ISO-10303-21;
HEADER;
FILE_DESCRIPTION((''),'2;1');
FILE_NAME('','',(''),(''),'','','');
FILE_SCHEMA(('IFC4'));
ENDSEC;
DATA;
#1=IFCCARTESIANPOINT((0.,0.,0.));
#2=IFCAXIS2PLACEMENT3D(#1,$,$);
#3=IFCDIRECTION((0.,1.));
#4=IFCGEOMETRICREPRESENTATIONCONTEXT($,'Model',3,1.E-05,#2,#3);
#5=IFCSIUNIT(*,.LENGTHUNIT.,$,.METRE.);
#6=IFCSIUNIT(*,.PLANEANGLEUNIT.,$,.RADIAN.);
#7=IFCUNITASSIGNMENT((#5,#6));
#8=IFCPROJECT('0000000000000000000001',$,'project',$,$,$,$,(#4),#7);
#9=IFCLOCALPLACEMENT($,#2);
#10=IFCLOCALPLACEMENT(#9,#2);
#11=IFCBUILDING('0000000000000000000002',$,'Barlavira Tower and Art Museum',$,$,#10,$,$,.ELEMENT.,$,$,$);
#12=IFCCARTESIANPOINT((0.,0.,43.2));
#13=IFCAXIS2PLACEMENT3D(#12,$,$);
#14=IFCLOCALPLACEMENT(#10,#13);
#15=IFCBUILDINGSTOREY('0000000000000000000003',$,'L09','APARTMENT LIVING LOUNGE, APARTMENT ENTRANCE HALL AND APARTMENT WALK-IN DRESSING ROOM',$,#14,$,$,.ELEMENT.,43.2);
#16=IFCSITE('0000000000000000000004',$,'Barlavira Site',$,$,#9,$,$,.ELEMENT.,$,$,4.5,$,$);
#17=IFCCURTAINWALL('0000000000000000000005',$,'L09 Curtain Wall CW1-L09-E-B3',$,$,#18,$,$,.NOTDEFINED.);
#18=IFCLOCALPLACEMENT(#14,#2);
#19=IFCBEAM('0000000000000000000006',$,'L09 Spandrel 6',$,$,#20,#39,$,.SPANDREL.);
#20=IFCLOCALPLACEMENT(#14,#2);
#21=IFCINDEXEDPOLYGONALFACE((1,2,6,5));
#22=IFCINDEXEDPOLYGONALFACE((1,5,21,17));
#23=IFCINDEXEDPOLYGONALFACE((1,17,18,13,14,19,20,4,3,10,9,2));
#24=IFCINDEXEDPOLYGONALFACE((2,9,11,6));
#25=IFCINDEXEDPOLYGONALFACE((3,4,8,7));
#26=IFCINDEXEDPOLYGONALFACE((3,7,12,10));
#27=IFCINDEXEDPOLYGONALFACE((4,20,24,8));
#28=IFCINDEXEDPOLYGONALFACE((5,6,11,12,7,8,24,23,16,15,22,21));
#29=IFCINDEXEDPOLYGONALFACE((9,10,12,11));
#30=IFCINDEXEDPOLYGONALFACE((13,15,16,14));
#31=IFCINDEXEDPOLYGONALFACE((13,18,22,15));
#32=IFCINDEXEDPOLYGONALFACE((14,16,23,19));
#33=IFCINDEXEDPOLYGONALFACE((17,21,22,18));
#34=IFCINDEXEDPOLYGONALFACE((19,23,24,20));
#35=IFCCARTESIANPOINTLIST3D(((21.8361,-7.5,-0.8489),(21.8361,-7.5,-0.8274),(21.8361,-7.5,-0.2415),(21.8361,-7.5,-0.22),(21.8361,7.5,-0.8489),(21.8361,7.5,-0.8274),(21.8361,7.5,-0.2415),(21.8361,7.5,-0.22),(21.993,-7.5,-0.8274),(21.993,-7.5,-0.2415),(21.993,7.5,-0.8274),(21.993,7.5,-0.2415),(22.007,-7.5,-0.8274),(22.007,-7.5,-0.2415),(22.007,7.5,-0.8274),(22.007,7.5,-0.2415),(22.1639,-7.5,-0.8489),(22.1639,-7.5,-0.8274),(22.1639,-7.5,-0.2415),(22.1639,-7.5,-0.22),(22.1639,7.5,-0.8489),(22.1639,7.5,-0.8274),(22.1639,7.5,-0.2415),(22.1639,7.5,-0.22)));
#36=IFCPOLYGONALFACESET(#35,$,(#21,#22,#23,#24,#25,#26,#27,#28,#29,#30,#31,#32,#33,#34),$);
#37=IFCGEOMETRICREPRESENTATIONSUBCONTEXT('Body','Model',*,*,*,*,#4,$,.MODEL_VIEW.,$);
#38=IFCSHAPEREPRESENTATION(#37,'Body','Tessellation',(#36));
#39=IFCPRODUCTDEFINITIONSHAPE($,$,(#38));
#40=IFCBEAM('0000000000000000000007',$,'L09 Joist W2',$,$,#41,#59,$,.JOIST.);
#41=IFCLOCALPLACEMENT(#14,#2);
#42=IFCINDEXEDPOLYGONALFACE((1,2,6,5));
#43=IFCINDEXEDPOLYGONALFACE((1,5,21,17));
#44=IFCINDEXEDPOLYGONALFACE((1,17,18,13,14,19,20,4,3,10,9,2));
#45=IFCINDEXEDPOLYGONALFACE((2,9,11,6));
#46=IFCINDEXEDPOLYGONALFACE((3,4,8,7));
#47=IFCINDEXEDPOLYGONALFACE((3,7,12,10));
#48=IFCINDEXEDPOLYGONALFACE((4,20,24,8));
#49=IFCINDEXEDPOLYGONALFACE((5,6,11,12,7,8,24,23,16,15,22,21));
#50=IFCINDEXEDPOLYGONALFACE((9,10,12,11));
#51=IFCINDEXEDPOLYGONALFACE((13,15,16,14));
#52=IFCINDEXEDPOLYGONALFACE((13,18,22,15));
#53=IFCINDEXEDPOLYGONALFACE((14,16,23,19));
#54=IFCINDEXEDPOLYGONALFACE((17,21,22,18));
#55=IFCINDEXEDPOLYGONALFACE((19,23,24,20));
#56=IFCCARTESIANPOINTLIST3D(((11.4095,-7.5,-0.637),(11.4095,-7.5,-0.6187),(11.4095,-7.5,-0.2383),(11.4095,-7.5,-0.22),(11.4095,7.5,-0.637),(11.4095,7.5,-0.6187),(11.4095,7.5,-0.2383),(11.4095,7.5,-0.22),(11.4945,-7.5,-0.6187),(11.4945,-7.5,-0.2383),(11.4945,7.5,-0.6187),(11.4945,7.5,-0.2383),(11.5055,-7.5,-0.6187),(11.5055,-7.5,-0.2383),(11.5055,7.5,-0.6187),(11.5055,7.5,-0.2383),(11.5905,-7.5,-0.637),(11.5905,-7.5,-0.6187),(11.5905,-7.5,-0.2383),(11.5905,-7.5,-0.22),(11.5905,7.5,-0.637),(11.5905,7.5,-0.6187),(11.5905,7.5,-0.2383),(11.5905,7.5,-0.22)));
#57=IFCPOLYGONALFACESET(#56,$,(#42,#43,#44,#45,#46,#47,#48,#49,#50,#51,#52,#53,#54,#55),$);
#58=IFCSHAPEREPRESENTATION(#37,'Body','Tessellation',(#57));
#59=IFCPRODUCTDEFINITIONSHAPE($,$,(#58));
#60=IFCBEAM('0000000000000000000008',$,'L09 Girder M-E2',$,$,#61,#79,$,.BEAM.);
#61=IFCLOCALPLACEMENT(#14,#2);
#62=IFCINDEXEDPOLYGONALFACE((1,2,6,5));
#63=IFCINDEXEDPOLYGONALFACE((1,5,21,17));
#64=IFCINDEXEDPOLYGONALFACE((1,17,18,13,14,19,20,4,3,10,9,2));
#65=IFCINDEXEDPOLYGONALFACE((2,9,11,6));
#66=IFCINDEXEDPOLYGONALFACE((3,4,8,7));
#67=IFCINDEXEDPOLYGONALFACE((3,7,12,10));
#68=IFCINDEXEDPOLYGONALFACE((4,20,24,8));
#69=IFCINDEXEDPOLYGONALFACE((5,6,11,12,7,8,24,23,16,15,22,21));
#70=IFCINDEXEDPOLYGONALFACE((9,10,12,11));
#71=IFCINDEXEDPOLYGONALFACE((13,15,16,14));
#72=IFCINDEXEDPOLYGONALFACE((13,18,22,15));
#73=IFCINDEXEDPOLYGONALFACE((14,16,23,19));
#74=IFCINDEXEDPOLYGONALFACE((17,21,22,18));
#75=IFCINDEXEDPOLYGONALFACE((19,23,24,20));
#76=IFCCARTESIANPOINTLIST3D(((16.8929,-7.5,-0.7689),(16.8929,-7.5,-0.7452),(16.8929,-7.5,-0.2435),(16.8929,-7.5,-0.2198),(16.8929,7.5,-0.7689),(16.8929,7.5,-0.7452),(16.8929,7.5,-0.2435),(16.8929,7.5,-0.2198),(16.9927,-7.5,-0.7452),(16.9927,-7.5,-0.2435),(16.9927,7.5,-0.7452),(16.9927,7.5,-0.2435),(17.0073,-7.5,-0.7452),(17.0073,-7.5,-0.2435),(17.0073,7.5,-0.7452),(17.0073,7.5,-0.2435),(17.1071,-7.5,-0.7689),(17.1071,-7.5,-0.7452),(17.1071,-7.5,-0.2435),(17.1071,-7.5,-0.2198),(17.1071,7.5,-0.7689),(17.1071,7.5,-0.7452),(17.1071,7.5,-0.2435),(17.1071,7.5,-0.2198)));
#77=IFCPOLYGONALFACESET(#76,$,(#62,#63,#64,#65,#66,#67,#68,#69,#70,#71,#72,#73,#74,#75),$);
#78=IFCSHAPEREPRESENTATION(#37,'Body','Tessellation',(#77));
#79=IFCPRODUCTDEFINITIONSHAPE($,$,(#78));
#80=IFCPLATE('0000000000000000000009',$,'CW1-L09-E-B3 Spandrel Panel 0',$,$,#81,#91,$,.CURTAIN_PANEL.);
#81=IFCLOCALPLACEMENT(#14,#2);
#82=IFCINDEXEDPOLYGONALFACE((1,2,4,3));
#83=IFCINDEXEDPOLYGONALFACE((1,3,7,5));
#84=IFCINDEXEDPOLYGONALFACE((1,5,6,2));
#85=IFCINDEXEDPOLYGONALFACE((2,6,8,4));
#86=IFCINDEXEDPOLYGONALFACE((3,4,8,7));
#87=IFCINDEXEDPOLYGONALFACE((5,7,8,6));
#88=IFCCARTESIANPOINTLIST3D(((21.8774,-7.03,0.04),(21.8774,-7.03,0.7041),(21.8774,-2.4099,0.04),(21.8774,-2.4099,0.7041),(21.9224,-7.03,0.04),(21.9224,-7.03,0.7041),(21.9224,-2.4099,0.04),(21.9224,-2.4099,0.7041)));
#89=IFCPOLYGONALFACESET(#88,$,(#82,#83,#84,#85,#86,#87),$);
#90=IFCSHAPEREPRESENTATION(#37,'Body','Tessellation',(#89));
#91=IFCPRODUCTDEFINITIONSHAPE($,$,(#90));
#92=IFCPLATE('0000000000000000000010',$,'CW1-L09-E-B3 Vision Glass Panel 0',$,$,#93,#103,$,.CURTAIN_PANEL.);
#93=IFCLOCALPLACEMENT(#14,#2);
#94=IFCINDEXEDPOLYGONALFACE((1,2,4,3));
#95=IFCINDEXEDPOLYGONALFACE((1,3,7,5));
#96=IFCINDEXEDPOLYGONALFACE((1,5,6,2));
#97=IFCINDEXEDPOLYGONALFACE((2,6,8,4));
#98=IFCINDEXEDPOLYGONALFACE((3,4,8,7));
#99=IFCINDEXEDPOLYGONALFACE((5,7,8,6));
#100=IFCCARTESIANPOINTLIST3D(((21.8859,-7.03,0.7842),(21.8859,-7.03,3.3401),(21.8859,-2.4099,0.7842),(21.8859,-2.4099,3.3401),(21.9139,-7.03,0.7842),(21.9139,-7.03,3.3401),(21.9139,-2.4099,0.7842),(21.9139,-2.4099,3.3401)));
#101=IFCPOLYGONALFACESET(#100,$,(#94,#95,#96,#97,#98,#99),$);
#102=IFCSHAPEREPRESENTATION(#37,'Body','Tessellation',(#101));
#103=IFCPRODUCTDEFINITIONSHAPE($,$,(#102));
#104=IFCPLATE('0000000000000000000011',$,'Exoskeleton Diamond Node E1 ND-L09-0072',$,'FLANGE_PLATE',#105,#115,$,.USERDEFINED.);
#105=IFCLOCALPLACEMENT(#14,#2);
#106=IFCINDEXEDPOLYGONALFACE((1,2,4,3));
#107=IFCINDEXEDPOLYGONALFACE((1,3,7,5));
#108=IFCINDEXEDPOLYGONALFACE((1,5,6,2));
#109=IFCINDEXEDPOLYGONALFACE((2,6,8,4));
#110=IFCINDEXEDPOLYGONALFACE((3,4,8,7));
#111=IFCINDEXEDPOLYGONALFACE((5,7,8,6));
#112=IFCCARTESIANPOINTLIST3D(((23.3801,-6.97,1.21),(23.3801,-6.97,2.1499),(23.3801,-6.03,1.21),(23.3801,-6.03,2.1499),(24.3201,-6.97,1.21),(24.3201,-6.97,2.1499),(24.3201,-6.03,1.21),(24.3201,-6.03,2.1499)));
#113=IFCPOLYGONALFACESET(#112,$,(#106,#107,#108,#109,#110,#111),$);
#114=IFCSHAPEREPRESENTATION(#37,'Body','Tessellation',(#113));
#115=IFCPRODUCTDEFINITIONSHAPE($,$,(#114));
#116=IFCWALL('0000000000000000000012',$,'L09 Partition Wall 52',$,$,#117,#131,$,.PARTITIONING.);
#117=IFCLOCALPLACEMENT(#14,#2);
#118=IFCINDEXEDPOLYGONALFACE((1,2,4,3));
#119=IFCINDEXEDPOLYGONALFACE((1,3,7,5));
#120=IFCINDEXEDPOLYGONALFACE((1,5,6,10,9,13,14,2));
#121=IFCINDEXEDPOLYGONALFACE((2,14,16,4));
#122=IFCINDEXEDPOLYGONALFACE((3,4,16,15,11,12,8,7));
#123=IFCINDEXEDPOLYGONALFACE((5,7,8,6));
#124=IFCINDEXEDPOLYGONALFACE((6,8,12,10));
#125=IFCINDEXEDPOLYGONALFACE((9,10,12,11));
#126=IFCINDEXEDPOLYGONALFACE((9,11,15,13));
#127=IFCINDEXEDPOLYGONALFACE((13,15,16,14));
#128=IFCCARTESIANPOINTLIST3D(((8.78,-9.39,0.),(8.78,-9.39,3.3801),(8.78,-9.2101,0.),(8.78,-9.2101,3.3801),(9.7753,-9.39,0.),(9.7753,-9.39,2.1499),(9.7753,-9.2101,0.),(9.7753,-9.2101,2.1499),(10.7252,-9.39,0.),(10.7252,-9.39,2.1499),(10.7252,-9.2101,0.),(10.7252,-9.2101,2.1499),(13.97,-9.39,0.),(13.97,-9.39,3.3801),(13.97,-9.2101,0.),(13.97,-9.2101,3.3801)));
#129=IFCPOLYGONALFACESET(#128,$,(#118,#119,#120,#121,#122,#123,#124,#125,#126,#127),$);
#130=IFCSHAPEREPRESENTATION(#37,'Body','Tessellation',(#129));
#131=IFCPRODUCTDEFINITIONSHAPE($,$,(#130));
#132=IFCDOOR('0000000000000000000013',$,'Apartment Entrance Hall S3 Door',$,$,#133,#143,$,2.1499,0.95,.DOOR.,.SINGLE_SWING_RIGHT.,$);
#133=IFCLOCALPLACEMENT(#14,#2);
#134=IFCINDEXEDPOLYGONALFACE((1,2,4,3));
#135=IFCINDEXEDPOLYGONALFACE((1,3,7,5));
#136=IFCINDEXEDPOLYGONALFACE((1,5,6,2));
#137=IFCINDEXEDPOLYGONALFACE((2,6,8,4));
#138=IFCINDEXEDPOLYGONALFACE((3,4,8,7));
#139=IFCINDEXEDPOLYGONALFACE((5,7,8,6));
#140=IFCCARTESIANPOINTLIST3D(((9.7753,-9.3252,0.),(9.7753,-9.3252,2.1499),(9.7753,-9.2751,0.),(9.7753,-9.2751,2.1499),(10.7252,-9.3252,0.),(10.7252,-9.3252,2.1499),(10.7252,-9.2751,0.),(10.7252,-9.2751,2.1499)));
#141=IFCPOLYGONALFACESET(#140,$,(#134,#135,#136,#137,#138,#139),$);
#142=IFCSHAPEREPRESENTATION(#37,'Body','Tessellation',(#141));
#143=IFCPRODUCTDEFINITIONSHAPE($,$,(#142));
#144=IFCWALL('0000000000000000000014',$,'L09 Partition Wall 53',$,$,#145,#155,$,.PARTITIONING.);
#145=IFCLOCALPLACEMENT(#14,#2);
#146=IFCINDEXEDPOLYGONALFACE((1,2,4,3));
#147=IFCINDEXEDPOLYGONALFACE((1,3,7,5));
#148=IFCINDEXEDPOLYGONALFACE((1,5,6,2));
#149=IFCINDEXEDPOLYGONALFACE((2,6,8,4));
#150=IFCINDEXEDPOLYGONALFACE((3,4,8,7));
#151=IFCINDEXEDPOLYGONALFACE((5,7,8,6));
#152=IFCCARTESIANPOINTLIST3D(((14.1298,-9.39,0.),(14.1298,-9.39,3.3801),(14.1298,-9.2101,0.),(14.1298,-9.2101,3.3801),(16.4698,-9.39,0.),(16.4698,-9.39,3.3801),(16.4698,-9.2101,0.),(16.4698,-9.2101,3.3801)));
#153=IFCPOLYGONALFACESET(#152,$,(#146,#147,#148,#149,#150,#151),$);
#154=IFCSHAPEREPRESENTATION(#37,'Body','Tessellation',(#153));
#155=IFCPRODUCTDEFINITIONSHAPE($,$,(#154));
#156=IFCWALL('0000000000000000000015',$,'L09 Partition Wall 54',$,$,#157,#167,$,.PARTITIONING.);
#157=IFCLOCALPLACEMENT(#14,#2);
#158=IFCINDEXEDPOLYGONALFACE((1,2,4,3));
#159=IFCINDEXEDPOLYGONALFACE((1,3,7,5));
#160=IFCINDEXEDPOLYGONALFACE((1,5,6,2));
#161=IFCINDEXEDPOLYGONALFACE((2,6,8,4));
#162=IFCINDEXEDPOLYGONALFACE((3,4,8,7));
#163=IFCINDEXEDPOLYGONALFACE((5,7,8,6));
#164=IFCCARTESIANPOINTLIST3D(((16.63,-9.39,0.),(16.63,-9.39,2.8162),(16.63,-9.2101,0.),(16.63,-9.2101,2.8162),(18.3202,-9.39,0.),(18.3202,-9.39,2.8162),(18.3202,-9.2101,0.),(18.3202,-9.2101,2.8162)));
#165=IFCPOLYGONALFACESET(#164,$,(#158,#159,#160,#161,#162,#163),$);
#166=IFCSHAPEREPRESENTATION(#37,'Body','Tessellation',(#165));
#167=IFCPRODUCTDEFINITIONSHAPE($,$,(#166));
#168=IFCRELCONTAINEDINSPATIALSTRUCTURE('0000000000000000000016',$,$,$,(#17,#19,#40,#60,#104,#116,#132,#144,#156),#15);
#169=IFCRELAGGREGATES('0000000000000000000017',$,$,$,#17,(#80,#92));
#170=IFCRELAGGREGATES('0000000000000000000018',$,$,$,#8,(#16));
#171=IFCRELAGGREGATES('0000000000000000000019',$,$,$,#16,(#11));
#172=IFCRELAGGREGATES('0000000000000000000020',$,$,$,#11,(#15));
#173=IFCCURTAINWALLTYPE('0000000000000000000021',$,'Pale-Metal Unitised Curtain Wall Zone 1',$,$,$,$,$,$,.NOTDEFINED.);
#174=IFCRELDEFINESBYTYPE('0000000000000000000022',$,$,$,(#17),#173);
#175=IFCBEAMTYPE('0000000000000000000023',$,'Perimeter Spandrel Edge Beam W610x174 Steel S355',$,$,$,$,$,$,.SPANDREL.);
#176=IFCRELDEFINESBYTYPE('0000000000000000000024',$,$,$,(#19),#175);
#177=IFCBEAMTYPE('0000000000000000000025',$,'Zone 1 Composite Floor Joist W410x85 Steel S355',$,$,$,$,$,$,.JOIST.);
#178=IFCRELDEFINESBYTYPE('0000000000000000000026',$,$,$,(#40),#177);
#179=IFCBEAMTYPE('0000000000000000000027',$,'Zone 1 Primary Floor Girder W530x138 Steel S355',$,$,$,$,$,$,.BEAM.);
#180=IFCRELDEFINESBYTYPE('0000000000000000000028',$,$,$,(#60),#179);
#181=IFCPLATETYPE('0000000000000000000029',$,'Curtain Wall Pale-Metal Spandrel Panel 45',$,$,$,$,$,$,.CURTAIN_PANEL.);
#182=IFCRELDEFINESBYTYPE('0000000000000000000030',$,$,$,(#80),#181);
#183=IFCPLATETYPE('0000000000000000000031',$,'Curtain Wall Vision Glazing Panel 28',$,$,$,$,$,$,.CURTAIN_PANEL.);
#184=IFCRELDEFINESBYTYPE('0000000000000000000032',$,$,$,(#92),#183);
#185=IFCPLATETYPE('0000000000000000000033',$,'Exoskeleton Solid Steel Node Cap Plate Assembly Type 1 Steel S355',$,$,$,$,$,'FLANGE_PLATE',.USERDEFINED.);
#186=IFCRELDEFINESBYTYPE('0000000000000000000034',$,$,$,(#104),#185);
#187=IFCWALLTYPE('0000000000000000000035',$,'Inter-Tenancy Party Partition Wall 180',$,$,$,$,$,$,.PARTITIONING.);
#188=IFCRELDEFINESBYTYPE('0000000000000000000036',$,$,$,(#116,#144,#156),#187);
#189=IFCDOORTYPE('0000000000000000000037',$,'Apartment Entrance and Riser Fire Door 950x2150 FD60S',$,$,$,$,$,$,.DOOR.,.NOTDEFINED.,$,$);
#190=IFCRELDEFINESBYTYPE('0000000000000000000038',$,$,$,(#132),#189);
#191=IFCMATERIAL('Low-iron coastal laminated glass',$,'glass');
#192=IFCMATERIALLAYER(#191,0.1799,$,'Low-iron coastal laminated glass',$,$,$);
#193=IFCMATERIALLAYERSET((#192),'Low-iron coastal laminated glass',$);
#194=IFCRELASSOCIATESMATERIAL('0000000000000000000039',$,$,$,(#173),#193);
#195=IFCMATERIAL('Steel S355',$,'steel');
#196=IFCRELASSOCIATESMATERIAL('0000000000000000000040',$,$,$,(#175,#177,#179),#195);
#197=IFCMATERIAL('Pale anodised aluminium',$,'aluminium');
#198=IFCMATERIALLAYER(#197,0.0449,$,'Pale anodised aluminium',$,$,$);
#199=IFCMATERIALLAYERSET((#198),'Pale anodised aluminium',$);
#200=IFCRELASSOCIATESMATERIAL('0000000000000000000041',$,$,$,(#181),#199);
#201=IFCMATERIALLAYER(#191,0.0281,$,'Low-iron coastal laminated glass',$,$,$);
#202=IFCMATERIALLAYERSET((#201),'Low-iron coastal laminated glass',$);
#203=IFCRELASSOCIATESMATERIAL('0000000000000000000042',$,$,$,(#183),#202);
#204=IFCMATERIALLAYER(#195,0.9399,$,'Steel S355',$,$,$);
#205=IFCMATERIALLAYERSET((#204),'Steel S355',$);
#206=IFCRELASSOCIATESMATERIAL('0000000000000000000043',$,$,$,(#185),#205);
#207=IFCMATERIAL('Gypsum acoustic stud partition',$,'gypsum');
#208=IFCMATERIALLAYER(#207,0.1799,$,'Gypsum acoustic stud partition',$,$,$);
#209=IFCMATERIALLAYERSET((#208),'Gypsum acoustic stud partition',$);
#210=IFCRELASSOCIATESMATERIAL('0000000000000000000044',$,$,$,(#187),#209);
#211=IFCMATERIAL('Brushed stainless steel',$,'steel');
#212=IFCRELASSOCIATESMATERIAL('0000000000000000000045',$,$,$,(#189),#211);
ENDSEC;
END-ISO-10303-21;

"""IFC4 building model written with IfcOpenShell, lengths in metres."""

from ifc_helpers import new_model, si_unit, direction, frame, frame_2d, origin, origin_2d, place, context, subcontext, project, spatial, rectangle, i_section, extrude, material, layer, layer_set, material_profile, profile_set, type_object, element, fill, aggregate, save


model = new_model("IFC4")

# Units and contexts
model_context = context("Model", 3, precision=1e-05, world=origin(), true_north=direction((0.0, 1.0)))
body_context = subcontext(model_context, "Body", "Model", "MODEL_VIEW")
ifc_project = project(units=[si_unit("LENGTHUNIT", "METRE"), si_unit("PLANEANGLEUNIT", "RADIAN")], contexts=[model_context])

# Site, building, storey
site_placement = place(None, origin())
site = spatial("IfcSite", under=ifc_project, at=site_placement, Name="Barlavira Site", CompositionType="ELEMENT", RefElevation=4.5)
building_placement = place(site_placement, origin())
building = spatial("IfcBuilding", under=site, at=building_placement, Name="Barlavira Tower and Art Museum", CompositionType="ELEMENT")
storey_placement = place(building_placement, frame((0.0, 0.0, 43.2)))
storey = spatial("IfcBuildingStorey", under=building, at=storey_placement, Name="L09", Description="APARTMENT LIVING LOUNGE, APARTMENT ENTRANCE HALL AND APARTMENT WALK-IN DRESSING ROOM", CompositionType="ELEMENT", Elevation=43.2)

# Curtain wall
ifc_material_1 = material(Name="Low-iron coastal laminated glass", Category="glass")
ifc_layer_1 = layer(ifc_material_1, 0.1799, Name="Low-iron coastal laminated glass")
ifc_layer_set_1 = layer_set([ifc_layer_1], Name="Low-iron coastal laminated glass")
curtain_wall_type = type_object("IfcCurtainWallType", Name="Pale-Metal Unitised Curtain Wall Zone 1", PredefinedType="NOTDEFINED", material=ifc_layer_set_1)
curtain_wall_placement = place(storey_placement, origin())
curtain_wall = element("IfcCurtainWall", 1, at=curtain_wall_placement, inside=storey, type_object=curtain_wall_type, Name="L09 Curtain Wall CW1-L09-E-B3", PredefinedType="NOTDEFINED")
ifc_material_2 = material(Name="Pale anodised aluminium", Category="aluminium")

# Beams
ifc_material_3 = material(Name="Steel S355", Category="steel")
ifc_material_profile_1 = material_profile(ifc_material_3, i_section(OverallWidth=0.3279, OverallDepth=0.6289, WebThickness=0.0139, FlangeThickness=0.0215, at=origin_2d()), Name="W610x174.0")
ifc_profile_set_1 = profile_set([ifc_material_profile_1], Name="Steel S355")
beam_type_1 = type_object("IfcBeamType", Name="Perimeter Spandrel Edge Beam W610x174 Steel S355", PredefinedType="SPANDREL", material=ifc_profile_set_1)
beam_1_placement = place(storey_placement, frame((22.0, -7.5, -0.5344), z_axis=(0.0, 1.0, 0.0), x_axis=(-1.0, 0.0, 0.0)))
element("IfcBeam", 2, at=beam_1_placement, inside=storey, type_object=beam_type_1, Name="L09 Spandrel 6", PredefinedType="SPANDREL", context=body_context, shape_type="SweptSolid", body=[
    extrude(i_section(OverallWidth=0.3279, OverallDepth=0.6289, WebThickness=0.0139, FlangeThickness=0.0215, at=origin_2d()), origin(), (0.0, 0.0, 1.0), 15.0),
])
ifc_material_profile_2 = material_profile(ifc_material_3, i_section(OverallWidth=0.1809, OverallDepth=0.417, WebThickness=0.011, FlangeThickness=0.0183, at=origin_2d()), Name="W410x85.0")
ifc_profile_set_2 = profile_set([ifc_material_profile_2], Name="Steel S355")
beam_type_2 = type_object("IfcBeamType", Name="Zone 1 Composite Floor Joist W410x85 Steel S355", PredefinedType="JOIST", material=ifc_profile_set_2)
beam_2_placement = place(storey_placement, frame((11.5, -7.5, -0.4285), z_axis=(0.0, 1.0, 0.0), x_axis=(-1.0, 0.0, 0.0)))
element("IfcBeam", 3, at=beam_2_placement, inside=storey, type_object=beam_type_2, Name="L09 Joist W2", PredefinedType="JOIST", context=body_context, shape_type="SweptSolid", body=[
    extrude(i_section(OverallWidth=0.1809, OverallDepth=0.417, WebThickness=0.011, FlangeThickness=0.0183, at=origin_2d()), origin(), (0.0, 0.0, 1.0), 15.0),
])
ifc_material_profile_3 = material_profile(ifc_material_3, i_section(OverallWidth=0.2141, OverallDepth=0.5491, WebThickness=0.0146, FlangeThickness=0.0237, at=origin_2d()), Name="W530x138.0")
ifc_profile_set_3 = profile_set([ifc_material_profile_3], Name="Steel S355")
beam_type_3 = type_object("IfcBeamType", Name="Zone 1 Primary Floor Girder W530x138 Steel S355", PredefinedType="BEAM", material=ifc_profile_set_3)
beam_3_placement = place(storey_placement, frame((17.0, -7.5, -0.4944), z_axis=(0.0, 1.0, 0.0), x_axis=(-1.0, 0.0, 0.0)))
element("IfcBeam", 4, at=beam_3_placement, inside=storey, type_object=beam_type_3, Name="L09 Girder M-E2", PredefinedType="BEAM", context=body_context, shape_type="SweptSolid", body=[
    extrude(i_section(OverallWidth=0.2141, OverallDepth=0.5491, WebThickness=0.0146, FlangeThickness=0.0237, at=origin_2d()), origin(), (0.0, 0.0, 1.0), 15.0),
])

# Plates
ifc_layer_2 = layer(ifc_material_2, 0.0449, Name="Pale anodised aluminium")
ifc_layer_set_2 = layer_set([ifc_layer_2], Name="Pale anodised aluminium")
plate_type_1 = type_object("IfcPlateType", Name="Curtain Wall Pale-Metal Spandrel Panel 45", PredefinedType="CURTAIN_PANEL", material=ifc_layer_set_2)
plate_1_placement = place(storey_placement, frame((21.8999, -4.72, 0.04), z_axis=(0.0, 0.0, 1.0), x_axis=(0.0, 1.0, 0.0)))
plate_1 = element("IfcPlate", 5, at=plate_1_placement, type_object=plate_type_1, Name="CW1-L09-E-B3 Spandrel Panel 0", PredefinedType="CURTAIN_PANEL", context=body_context, shape_type="SweptSolid", body=[
    extrude(rectangle(XDim=4.6201, YDim=0.0449, at=origin_2d()), origin(), (0.0, 0.0, 1.0), 0.6641),
])
ifc_layer_3 = layer(ifc_material_1, 0.0281, Name="Low-iron coastal laminated glass")
ifc_layer_set_3 = layer_set([ifc_layer_3], Name="Low-iron coastal laminated glass")
plate_type_2 = type_object("IfcPlateType", Name="Curtain Wall Vision Glazing Panel 28", PredefinedType="CURTAIN_PANEL", material=ifc_layer_set_3)
plate_2_placement = place(storey_placement, frame((21.8999, -4.72, 0.7842), z_axis=(0.0, 0.0, 1.0), x_axis=(0.0, 1.0, 0.0)))
plate_2 = element("IfcPlate", 6, at=plate_2_placement, type_object=plate_type_2, Name="CW1-L09-E-B3 Vision Glass Panel 0", PredefinedType="CURTAIN_PANEL", context=body_context, shape_type="SweptSolid", body=[
    extrude(rectangle(XDim=4.6201, YDim=0.0281, at=origin_2d()), origin(), (0.0, 0.0, 1.0), 2.5559),
])
aggregate(curtain_wall, [plate_1, plate_2])
ifc_layer_4 = layer(ifc_material_3, 0.9399, Name="Steel S355")
ifc_layer_set_4 = layer_set([ifc_layer_4], Name="Steel S355")
plate_type_3 = type_object("IfcPlateType", Name="Exoskeleton Solid Steel Node Cap Plate Assembly Type 1 Steel S355", ElementType="FLANGE_PLATE", PredefinedType="USERDEFINED", material=ifc_layer_set_4)
plate_3_placement = place(storey_placement, frame((23.8501, -6.5, 1.21), z_axis=(0.0, 0.0, 1.0), x_axis=(1.0, 0.0, 0.0)))
element("IfcPlate", 7, at=plate_3_placement, inside=storey, type_object=plate_type_3, Name="Exoskeleton Diamond Node E1 ND-L09-0072", ObjectType="FLANGE_PLATE", PredefinedType="USERDEFINED", context=body_context, shape_type="SweptSolid", body=[
    extrude(rectangle(XDim=0.9399, YDim=0.9399, at=origin_2d()), origin(), (0.0, 0.0, 1.0), 0.9399),
])

# Wall, opening, door
ifc_material_4 = material(Name="Gypsum acoustic stud partition", Category="gypsum")
ifc_layer_5 = layer(ifc_material_4, 0.1799, Name="Gypsum acoustic stud partition")
ifc_layer_set_5 = layer_set([ifc_layer_5], Name="Gypsum acoustic stud partition")
wall_type_1 = type_object("IfcWallType", Name="Inter-Tenancy Party Partition Wall 180", PredefinedType="PARTITIONING", material=ifc_layer_set_5)
wall_1_placement = place(storey_placement, frame((8.78, -9.3, 0.0), z_axis=(0.0, 0.0, 1.0), x_axis=(1.0, 0.0, 0.0)))
wall_1 = element("IfcWall", 8, at=wall_1_placement, inside=storey, type_object=wall_type_1, Name="L09 Partition Wall 52", PredefinedType="PARTITIONING", context=body_context, shape_type="SweptSolid", body=[
    extrude(rectangle(XDim=5.1899, YDim=0.1799, at=frame_2d((2.595, 0.0))), origin(), (0.0, 0.0, 1.0), 3.3801),
])
opening_1_placement = place(wall_1_placement, frame((0.9951, 0.0, 0.0)))
opening_1 = element("IfcOpeningElement", 9, at=opening_1_placement, cuts=wall_1, PredefinedType="OPENING", context=body_context, shape_type="SweptSolid", body=[
    extrude(rectangle(XDim=0.95, YDim=2.1499, at=frame_2d((0.4751, 1.075))), frame((0.0, 0.1001, 0.0), z_axis=(0.0, -1.0, 0.0), x_axis=(1.0, 0.0, 0.0)), (0.0, 0.0, 1.0), 0.2),
])
ifc_material_5 = material(Name="Brushed stainless steel", Category="steel")
door_type_1 = type_object("IfcDoorType", Name="Apartment Entrance and Riser Fire Door 950x2150 FD60S", OperationType="NOTDEFINED", PredefinedType="DOOR", material=ifc_material_5)
door_1_placement = place(opening_1_placement, origin())
door_1 = element("IfcDoor", 10, at=door_1_placement, inside=storey, type_object=door_type_1, Name="Apartment Entrance Hall S3 Door", OperationType="SINGLE_SWING_RIGHT", OverallHeight=2.1499, OverallWidth=0.95, PredefinedType="DOOR", context=body_context, shape_type="SweptSolid", body=[
    extrude(rectangle(XDim=0.95, YDim=2.1499, at=frame_2d((0.4751, 1.075))), frame((0.0, 0.0249, 0.0), z_axis=(0.0, -1.0, 0.0), x_axis=(1.0, 0.0, 0.0)), (0.0, 0.0, 1.0), 0.05),
])
fill(opening_1, door_1)

# Walls
wall_2_placement = place(storey_placement, frame((14.1299, -9.3, 0.0), z_axis=(0.0, 0.0, 1.0), x_axis=(1.0, 0.0, 0.0)))
element("IfcWall", 11, at=wall_2_placement, inside=storey, type_object=wall_type_1, Name="L09 Partition Wall 53", PredefinedType="PARTITIONING", context=body_context, shape_type="SweptSolid", body=[
    extrude(rectangle(XDim=2.3401, YDim=0.1799, at=frame_2d((1.1699, 0.0))), origin(), (0.0, 0.0, 1.0), 3.3801),
])
wall_3_placement = place(storey_placement, frame((16.6299, -9.3, 0.0), z_axis=(0.0, 0.0, 1.0), x_axis=(1.0, 0.0, 0.0)))
element("IfcWall", 12, at=wall_3_placement, inside=storey, type_object=wall_type_1, Name="L09 Partition Wall 54", PredefinedType="PARTITIONING", context=body_context, shape_type="SweptSolid", body=[
    extrude(rectangle(XDim=1.6902, YDim=0.1799, at=frame_2d((0.8452, 0.0))), origin(), (0.0, 0.0, 1.0), 2.8162),
])

save(model, "model.ifc")
